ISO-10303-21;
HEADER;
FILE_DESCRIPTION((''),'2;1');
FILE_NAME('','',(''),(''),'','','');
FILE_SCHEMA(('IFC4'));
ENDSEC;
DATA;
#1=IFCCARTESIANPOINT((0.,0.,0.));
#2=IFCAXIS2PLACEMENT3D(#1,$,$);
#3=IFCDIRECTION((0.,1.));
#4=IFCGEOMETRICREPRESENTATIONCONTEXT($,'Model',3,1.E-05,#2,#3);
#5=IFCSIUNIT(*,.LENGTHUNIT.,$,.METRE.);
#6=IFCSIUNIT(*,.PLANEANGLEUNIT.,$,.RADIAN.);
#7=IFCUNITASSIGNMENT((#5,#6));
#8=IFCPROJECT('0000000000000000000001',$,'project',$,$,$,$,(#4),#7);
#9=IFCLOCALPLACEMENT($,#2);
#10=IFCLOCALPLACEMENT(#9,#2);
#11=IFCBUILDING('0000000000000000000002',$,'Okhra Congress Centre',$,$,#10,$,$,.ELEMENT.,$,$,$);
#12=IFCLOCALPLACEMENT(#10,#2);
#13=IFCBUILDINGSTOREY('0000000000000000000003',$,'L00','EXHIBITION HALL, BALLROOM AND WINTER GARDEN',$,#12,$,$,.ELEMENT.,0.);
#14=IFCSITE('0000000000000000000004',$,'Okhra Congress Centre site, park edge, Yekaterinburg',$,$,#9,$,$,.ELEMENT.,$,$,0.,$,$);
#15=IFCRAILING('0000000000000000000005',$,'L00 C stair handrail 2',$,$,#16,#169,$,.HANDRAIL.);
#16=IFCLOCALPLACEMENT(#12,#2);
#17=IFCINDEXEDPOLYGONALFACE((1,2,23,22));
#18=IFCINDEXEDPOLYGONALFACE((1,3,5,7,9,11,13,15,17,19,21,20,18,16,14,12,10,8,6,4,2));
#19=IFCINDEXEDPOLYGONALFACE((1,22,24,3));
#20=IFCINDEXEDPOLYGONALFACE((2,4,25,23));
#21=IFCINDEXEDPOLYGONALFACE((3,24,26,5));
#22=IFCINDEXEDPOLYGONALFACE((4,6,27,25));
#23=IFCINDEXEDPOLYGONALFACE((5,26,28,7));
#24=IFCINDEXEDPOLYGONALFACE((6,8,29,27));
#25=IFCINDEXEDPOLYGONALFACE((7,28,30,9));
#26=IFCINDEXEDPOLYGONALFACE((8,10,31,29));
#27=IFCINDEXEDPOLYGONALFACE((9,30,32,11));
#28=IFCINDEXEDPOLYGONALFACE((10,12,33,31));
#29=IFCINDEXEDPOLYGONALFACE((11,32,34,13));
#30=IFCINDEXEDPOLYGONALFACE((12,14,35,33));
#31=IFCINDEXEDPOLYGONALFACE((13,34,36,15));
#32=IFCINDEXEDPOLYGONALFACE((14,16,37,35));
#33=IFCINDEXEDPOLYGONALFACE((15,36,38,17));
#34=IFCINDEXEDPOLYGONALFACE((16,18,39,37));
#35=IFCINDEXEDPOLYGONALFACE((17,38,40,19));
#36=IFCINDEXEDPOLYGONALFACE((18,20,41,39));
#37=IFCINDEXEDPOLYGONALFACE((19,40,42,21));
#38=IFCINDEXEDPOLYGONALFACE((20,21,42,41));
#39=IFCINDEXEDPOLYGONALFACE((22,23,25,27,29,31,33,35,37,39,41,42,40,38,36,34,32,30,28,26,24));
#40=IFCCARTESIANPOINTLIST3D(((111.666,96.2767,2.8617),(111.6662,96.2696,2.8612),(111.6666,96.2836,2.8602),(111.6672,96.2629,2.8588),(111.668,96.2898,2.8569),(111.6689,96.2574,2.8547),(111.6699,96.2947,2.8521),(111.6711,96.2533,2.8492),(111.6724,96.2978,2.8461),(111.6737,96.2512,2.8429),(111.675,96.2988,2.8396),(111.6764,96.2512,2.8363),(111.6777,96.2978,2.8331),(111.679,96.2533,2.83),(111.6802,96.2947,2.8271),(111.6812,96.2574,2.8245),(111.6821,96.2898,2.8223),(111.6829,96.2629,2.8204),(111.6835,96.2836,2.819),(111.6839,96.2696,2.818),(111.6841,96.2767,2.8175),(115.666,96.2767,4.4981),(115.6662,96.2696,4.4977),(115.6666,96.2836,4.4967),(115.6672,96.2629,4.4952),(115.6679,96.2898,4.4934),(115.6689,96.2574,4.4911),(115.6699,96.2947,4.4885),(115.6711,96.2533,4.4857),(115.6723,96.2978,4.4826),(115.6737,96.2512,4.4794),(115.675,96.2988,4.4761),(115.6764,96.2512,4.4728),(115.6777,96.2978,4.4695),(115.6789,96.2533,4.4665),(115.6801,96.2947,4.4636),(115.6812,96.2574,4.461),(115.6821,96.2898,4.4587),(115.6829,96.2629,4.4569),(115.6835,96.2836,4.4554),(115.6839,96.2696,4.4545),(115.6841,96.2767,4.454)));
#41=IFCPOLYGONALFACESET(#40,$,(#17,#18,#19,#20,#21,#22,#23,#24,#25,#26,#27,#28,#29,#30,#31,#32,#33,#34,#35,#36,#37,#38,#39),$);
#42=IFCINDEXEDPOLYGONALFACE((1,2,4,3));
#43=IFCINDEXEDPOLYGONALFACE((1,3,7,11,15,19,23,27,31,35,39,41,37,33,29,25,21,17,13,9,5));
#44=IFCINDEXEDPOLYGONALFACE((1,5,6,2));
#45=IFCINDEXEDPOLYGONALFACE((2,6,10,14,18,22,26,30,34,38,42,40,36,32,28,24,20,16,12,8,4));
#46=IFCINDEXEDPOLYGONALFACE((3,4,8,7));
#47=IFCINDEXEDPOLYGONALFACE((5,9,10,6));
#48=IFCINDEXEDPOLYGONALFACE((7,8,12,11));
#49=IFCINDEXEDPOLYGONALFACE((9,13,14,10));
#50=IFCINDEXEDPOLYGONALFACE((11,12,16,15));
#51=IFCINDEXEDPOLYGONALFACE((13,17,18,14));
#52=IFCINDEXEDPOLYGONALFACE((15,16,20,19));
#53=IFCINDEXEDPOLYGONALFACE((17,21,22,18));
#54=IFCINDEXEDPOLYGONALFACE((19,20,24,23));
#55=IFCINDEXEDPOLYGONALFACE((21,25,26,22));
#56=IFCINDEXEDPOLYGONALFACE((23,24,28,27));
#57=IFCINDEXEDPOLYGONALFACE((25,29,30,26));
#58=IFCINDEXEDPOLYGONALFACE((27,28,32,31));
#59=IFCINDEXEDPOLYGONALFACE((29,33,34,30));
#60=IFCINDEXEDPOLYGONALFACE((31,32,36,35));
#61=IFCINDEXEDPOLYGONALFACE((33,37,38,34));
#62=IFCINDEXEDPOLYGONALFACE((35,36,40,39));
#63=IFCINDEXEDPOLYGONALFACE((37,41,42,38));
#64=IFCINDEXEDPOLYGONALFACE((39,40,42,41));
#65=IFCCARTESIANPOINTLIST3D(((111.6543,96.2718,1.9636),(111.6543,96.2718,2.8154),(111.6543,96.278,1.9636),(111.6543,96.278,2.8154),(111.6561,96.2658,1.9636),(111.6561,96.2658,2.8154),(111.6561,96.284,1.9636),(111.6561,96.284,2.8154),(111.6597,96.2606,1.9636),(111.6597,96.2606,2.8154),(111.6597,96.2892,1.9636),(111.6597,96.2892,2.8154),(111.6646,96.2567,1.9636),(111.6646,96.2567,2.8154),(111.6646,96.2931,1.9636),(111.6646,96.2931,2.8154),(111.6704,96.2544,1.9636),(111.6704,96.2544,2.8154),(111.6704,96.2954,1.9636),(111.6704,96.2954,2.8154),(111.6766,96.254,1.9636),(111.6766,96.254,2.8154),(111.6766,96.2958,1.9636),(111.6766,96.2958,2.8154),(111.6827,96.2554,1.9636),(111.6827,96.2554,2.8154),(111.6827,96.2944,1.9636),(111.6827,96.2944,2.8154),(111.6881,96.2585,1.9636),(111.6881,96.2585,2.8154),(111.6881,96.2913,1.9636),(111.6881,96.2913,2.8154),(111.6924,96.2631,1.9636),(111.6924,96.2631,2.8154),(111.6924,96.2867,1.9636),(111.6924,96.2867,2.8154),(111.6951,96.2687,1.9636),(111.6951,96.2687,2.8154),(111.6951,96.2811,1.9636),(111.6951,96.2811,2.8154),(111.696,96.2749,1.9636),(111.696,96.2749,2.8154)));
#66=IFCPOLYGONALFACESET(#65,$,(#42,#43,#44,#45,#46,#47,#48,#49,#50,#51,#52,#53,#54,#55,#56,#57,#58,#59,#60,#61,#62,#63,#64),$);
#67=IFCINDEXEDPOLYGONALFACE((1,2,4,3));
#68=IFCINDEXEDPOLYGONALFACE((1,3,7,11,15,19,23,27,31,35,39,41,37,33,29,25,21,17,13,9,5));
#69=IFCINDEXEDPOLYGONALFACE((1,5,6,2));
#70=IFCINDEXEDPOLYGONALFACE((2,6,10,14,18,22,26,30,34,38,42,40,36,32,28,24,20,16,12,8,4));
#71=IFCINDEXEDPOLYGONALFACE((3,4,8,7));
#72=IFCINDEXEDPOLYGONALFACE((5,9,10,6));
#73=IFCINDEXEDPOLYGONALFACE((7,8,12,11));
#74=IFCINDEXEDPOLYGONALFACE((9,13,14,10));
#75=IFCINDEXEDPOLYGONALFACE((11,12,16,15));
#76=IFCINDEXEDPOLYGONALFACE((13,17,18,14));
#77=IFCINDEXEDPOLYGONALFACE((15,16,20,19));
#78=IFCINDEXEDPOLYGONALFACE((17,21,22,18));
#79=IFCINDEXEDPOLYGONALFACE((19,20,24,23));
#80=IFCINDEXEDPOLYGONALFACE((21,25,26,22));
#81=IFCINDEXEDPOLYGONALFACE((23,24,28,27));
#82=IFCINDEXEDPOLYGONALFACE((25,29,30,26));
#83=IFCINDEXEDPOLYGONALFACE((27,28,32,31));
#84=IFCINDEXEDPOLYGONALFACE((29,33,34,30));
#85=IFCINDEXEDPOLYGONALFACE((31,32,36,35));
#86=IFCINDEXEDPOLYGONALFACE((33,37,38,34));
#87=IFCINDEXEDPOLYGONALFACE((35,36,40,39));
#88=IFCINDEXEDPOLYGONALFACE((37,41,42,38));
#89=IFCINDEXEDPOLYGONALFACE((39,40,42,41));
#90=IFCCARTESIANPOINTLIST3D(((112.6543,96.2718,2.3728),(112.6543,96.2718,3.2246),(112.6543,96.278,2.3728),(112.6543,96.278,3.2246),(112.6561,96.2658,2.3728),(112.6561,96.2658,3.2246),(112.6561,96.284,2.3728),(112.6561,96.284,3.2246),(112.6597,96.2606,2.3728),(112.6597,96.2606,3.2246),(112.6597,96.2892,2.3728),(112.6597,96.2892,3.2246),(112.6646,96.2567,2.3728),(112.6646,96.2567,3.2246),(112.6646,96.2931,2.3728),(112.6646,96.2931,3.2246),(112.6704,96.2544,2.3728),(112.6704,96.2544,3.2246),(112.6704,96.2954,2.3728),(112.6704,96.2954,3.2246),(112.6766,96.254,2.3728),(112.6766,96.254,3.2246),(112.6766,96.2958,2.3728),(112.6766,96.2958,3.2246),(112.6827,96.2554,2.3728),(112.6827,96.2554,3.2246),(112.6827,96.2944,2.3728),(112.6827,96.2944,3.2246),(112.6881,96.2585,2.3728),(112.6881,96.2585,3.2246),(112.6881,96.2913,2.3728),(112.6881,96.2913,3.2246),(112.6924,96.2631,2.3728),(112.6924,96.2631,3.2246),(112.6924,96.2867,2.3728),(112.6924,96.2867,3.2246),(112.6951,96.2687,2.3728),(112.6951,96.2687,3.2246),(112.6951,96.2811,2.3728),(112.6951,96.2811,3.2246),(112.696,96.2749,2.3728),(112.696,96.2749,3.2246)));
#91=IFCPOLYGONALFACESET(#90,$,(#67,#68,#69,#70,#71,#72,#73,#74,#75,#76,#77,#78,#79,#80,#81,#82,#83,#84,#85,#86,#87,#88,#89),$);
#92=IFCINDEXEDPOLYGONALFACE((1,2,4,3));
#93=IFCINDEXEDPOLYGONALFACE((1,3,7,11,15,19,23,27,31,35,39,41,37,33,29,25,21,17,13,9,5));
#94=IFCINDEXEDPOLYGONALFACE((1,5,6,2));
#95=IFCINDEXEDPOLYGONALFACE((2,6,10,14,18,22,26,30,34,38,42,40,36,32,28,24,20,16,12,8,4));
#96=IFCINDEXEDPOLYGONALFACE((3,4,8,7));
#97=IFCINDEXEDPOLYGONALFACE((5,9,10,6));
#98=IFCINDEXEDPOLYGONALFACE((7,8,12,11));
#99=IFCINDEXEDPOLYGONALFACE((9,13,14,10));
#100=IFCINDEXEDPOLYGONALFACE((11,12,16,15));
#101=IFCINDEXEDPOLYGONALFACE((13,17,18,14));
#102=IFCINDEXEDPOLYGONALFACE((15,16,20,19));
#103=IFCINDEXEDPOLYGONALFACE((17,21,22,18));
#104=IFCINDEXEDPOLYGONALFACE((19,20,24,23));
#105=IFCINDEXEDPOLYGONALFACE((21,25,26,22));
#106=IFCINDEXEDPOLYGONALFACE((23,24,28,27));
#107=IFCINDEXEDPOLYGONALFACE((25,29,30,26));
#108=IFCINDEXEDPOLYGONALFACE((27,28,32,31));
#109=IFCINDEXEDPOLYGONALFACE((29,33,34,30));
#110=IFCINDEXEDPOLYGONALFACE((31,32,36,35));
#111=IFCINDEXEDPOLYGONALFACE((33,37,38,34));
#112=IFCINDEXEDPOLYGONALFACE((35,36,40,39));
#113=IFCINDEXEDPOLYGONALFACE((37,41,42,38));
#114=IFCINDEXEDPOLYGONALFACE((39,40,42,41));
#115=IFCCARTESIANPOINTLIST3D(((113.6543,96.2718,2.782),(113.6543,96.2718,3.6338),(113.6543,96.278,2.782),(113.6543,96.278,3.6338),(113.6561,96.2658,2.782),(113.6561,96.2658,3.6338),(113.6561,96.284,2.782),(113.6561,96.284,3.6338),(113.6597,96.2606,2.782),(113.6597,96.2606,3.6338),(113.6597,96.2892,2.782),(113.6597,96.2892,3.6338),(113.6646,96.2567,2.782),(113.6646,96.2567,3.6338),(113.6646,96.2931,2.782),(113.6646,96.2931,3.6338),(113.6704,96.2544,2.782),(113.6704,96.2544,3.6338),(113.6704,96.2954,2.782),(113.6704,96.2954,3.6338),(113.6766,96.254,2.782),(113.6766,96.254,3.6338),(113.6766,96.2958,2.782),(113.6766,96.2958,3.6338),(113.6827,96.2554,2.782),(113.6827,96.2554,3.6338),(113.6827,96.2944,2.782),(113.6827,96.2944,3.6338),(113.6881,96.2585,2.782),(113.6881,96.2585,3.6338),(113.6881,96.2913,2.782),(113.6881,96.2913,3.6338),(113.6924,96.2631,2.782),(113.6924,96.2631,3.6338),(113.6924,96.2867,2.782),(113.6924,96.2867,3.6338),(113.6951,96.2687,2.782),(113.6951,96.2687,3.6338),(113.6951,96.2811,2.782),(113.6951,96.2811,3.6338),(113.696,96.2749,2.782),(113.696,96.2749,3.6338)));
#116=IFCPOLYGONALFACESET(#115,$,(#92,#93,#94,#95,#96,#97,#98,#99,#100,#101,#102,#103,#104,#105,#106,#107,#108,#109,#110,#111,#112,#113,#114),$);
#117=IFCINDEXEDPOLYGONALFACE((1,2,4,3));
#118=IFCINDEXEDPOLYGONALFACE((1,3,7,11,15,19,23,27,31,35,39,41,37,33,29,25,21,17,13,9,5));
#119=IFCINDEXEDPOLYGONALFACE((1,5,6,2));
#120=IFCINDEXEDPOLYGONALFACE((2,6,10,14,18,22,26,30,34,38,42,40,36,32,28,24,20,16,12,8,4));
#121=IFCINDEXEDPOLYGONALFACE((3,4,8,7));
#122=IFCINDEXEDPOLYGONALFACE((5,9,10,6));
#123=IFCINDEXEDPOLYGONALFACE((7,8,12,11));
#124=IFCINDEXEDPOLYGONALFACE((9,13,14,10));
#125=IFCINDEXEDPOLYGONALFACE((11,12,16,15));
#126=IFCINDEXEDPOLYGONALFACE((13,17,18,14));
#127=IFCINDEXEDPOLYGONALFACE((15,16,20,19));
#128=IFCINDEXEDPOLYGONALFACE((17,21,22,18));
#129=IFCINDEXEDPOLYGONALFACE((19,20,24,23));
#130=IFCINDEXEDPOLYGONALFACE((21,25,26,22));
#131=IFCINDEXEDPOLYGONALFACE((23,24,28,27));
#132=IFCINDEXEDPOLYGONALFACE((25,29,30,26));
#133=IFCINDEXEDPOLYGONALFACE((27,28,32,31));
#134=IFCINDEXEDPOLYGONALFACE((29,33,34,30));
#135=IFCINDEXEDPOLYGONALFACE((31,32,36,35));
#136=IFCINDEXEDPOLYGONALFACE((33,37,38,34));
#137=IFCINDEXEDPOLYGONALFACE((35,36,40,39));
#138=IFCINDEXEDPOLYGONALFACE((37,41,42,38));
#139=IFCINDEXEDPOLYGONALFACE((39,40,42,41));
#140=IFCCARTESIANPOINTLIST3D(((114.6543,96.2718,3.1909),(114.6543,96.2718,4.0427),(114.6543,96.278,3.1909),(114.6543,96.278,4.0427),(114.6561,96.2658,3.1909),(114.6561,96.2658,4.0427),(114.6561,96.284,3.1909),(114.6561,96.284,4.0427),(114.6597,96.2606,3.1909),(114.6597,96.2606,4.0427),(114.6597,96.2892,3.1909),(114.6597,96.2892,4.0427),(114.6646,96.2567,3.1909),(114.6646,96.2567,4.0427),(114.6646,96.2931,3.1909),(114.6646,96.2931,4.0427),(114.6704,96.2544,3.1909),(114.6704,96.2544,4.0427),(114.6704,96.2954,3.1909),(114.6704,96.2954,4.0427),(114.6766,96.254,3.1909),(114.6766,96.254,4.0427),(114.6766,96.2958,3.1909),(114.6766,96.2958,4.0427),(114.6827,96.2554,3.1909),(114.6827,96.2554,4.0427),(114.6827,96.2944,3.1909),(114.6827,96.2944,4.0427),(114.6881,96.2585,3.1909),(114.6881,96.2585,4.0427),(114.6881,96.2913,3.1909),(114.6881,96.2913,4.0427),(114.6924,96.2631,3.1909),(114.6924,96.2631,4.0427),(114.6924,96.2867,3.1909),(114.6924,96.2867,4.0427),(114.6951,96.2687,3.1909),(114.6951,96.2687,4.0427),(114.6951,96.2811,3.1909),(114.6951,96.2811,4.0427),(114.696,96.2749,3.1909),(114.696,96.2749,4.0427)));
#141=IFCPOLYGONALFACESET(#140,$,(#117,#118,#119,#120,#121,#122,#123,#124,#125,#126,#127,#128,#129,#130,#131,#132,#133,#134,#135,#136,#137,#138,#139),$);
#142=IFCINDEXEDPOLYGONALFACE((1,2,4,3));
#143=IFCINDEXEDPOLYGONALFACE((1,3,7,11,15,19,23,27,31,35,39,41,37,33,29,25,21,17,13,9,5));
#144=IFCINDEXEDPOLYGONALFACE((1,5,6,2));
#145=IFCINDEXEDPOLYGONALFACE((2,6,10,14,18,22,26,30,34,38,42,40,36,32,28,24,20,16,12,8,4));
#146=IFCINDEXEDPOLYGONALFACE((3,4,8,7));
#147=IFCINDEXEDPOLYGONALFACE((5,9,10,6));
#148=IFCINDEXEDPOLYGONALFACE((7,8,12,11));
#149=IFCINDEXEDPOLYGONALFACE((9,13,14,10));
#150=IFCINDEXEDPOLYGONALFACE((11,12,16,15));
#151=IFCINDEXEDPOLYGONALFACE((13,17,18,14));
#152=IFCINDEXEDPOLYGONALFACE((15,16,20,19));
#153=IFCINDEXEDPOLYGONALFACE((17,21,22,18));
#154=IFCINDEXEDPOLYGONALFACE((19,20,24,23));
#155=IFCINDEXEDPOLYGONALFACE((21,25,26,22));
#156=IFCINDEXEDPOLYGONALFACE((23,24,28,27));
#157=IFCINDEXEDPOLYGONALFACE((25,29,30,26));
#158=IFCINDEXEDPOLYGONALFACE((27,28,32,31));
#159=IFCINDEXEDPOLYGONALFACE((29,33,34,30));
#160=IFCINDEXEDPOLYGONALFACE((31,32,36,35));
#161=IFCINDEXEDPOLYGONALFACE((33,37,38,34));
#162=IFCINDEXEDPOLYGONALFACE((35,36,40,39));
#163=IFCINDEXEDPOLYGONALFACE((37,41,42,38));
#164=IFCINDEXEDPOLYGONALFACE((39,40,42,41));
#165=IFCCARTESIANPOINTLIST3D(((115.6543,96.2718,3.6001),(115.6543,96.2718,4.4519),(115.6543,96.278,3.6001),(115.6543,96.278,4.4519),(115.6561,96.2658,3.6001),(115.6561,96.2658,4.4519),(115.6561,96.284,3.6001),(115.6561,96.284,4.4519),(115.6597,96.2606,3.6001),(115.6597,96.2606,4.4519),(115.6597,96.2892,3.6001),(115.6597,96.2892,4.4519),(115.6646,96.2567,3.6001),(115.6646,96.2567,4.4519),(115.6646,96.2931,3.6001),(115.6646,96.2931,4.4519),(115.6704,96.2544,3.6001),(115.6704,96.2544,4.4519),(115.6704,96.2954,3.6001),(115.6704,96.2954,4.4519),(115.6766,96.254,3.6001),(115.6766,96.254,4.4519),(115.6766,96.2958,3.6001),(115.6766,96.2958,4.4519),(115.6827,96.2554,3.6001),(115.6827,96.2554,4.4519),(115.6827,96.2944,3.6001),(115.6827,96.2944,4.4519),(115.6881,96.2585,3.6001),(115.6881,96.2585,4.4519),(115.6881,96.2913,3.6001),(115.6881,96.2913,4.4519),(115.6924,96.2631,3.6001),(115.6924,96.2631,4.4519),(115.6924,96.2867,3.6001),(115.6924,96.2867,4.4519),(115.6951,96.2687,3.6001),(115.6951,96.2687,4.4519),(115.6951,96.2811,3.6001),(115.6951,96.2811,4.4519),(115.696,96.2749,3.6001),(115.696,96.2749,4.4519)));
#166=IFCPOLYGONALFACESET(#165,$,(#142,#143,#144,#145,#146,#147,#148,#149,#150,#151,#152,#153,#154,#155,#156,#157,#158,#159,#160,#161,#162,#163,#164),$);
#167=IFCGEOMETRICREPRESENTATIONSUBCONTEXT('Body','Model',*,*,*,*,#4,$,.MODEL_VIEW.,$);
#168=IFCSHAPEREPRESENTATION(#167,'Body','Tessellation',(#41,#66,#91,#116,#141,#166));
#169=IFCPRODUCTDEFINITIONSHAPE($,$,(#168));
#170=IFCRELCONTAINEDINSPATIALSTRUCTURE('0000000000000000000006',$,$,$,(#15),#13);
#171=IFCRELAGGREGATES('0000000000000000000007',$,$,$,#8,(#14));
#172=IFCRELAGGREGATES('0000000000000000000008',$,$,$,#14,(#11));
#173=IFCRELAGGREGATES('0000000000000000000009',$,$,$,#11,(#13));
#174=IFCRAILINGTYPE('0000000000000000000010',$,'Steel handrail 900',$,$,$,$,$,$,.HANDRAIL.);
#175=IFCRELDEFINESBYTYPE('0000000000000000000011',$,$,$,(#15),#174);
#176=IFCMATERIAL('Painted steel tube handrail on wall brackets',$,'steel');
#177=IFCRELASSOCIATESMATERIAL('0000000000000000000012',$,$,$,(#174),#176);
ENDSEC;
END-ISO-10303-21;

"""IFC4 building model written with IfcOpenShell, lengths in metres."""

from ifc_helpers import new_model, si_unit, direction, frame, origin, origin_2d, place, context, subcontext, project, spatial, circle, extrude, material, type_object, element, save


model = new_model("IFC4")

# Units and contexts
model_context = context("Model", 3, precision=1e-05, world=origin(), true_north=direction((0.0, 1.0)))
body_context = subcontext(model_context, "Body", "Model", "MODEL_VIEW")
ifc_project = project(units=[si_unit("LENGTHUNIT", "METRE"), si_unit("PLANEANGLEUNIT", "RADIAN")], contexts=[model_context])

# Site, building, storey
site_placement = place(None, origin())
site = spatial("IfcSite", under=ifc_project, at=site_placement, Name="Okhra Congress Centre site, park edge, Yekaterinburg", CompositionType="ELEMENT", RefElevation=0.0)
building_placement = place(site_placement, origin())
building = spatial("IfcBuilding", under=site, at=building_placement, Name="Okhra Congress Centre", CompositionType="ELEMENT")
storey_placement = place(building_placement, origin())
storey = spatial("IfcBuildingStorey", under=building, at=storey_placement, Name="L00", Description="EXHIBITION HALL, BALLROOM AND WINTER GARDEN", CompositionType="ELEMENT", Elevation=0.0)

# Railing
ifc_material_1 = material(Name="Painted steel tube handrail on wall brackets", Category="steel")
railing_type_1 = type_object("IfcRailingType", Name="Steel handrail 900", PredefinedType="HANDRAIL", material=ifc_material_1)
railing_1_placement = place(storey_placement, frame((111.675, 96.2749, 1.9636)))
element("IfcRailing", 1, at=railing_1_placement, inside=storey, type_object=railing_type_1, Name="L00 C stair handrail 2", PredefinedType="HANDRAIL", context=body_context, shape_type="SweptSolid", body=[
    extrude(circle(Radius=0.0239, at=origin_2d()), frame((0.0, 0.0, 0.876), z_axis=(0.925538, 0.0, 0.378655), x_axis=(0.0, 1.0, 0.0)), (0.0, 0.0, 1.0), 4.3218),
    extrude(circle(Radius=0.021, at=origin_2d()), origin(), (0.0, 0.0, 1.0), 0.8518),
    extrude(circle(Radius=0.021, at=origin_2d()), frame((1.0, 0.0, 0.4092)), (0.0, 0.0, 1.0), 0.8518),
    extrude(circle(Radius=0.021, at=origin_2d()), frame((2.0, 0.0, 0.8184)), (0.0, 0.0, 1.0), 0.8518),
    extrude(circle(Radius=0.021, at=origin_2d()), frame((3.0, 0.0, 1.2273)), (0.0, 0.0, 1.0), 0.8518),
    extrude(circle(Radius=0.021, at=origin_2d()), frame((4.0, 0.0, 1.6365)), (0.0, 0.0, 1.0), 0.8518),
])

save(model, "model.ifc")
